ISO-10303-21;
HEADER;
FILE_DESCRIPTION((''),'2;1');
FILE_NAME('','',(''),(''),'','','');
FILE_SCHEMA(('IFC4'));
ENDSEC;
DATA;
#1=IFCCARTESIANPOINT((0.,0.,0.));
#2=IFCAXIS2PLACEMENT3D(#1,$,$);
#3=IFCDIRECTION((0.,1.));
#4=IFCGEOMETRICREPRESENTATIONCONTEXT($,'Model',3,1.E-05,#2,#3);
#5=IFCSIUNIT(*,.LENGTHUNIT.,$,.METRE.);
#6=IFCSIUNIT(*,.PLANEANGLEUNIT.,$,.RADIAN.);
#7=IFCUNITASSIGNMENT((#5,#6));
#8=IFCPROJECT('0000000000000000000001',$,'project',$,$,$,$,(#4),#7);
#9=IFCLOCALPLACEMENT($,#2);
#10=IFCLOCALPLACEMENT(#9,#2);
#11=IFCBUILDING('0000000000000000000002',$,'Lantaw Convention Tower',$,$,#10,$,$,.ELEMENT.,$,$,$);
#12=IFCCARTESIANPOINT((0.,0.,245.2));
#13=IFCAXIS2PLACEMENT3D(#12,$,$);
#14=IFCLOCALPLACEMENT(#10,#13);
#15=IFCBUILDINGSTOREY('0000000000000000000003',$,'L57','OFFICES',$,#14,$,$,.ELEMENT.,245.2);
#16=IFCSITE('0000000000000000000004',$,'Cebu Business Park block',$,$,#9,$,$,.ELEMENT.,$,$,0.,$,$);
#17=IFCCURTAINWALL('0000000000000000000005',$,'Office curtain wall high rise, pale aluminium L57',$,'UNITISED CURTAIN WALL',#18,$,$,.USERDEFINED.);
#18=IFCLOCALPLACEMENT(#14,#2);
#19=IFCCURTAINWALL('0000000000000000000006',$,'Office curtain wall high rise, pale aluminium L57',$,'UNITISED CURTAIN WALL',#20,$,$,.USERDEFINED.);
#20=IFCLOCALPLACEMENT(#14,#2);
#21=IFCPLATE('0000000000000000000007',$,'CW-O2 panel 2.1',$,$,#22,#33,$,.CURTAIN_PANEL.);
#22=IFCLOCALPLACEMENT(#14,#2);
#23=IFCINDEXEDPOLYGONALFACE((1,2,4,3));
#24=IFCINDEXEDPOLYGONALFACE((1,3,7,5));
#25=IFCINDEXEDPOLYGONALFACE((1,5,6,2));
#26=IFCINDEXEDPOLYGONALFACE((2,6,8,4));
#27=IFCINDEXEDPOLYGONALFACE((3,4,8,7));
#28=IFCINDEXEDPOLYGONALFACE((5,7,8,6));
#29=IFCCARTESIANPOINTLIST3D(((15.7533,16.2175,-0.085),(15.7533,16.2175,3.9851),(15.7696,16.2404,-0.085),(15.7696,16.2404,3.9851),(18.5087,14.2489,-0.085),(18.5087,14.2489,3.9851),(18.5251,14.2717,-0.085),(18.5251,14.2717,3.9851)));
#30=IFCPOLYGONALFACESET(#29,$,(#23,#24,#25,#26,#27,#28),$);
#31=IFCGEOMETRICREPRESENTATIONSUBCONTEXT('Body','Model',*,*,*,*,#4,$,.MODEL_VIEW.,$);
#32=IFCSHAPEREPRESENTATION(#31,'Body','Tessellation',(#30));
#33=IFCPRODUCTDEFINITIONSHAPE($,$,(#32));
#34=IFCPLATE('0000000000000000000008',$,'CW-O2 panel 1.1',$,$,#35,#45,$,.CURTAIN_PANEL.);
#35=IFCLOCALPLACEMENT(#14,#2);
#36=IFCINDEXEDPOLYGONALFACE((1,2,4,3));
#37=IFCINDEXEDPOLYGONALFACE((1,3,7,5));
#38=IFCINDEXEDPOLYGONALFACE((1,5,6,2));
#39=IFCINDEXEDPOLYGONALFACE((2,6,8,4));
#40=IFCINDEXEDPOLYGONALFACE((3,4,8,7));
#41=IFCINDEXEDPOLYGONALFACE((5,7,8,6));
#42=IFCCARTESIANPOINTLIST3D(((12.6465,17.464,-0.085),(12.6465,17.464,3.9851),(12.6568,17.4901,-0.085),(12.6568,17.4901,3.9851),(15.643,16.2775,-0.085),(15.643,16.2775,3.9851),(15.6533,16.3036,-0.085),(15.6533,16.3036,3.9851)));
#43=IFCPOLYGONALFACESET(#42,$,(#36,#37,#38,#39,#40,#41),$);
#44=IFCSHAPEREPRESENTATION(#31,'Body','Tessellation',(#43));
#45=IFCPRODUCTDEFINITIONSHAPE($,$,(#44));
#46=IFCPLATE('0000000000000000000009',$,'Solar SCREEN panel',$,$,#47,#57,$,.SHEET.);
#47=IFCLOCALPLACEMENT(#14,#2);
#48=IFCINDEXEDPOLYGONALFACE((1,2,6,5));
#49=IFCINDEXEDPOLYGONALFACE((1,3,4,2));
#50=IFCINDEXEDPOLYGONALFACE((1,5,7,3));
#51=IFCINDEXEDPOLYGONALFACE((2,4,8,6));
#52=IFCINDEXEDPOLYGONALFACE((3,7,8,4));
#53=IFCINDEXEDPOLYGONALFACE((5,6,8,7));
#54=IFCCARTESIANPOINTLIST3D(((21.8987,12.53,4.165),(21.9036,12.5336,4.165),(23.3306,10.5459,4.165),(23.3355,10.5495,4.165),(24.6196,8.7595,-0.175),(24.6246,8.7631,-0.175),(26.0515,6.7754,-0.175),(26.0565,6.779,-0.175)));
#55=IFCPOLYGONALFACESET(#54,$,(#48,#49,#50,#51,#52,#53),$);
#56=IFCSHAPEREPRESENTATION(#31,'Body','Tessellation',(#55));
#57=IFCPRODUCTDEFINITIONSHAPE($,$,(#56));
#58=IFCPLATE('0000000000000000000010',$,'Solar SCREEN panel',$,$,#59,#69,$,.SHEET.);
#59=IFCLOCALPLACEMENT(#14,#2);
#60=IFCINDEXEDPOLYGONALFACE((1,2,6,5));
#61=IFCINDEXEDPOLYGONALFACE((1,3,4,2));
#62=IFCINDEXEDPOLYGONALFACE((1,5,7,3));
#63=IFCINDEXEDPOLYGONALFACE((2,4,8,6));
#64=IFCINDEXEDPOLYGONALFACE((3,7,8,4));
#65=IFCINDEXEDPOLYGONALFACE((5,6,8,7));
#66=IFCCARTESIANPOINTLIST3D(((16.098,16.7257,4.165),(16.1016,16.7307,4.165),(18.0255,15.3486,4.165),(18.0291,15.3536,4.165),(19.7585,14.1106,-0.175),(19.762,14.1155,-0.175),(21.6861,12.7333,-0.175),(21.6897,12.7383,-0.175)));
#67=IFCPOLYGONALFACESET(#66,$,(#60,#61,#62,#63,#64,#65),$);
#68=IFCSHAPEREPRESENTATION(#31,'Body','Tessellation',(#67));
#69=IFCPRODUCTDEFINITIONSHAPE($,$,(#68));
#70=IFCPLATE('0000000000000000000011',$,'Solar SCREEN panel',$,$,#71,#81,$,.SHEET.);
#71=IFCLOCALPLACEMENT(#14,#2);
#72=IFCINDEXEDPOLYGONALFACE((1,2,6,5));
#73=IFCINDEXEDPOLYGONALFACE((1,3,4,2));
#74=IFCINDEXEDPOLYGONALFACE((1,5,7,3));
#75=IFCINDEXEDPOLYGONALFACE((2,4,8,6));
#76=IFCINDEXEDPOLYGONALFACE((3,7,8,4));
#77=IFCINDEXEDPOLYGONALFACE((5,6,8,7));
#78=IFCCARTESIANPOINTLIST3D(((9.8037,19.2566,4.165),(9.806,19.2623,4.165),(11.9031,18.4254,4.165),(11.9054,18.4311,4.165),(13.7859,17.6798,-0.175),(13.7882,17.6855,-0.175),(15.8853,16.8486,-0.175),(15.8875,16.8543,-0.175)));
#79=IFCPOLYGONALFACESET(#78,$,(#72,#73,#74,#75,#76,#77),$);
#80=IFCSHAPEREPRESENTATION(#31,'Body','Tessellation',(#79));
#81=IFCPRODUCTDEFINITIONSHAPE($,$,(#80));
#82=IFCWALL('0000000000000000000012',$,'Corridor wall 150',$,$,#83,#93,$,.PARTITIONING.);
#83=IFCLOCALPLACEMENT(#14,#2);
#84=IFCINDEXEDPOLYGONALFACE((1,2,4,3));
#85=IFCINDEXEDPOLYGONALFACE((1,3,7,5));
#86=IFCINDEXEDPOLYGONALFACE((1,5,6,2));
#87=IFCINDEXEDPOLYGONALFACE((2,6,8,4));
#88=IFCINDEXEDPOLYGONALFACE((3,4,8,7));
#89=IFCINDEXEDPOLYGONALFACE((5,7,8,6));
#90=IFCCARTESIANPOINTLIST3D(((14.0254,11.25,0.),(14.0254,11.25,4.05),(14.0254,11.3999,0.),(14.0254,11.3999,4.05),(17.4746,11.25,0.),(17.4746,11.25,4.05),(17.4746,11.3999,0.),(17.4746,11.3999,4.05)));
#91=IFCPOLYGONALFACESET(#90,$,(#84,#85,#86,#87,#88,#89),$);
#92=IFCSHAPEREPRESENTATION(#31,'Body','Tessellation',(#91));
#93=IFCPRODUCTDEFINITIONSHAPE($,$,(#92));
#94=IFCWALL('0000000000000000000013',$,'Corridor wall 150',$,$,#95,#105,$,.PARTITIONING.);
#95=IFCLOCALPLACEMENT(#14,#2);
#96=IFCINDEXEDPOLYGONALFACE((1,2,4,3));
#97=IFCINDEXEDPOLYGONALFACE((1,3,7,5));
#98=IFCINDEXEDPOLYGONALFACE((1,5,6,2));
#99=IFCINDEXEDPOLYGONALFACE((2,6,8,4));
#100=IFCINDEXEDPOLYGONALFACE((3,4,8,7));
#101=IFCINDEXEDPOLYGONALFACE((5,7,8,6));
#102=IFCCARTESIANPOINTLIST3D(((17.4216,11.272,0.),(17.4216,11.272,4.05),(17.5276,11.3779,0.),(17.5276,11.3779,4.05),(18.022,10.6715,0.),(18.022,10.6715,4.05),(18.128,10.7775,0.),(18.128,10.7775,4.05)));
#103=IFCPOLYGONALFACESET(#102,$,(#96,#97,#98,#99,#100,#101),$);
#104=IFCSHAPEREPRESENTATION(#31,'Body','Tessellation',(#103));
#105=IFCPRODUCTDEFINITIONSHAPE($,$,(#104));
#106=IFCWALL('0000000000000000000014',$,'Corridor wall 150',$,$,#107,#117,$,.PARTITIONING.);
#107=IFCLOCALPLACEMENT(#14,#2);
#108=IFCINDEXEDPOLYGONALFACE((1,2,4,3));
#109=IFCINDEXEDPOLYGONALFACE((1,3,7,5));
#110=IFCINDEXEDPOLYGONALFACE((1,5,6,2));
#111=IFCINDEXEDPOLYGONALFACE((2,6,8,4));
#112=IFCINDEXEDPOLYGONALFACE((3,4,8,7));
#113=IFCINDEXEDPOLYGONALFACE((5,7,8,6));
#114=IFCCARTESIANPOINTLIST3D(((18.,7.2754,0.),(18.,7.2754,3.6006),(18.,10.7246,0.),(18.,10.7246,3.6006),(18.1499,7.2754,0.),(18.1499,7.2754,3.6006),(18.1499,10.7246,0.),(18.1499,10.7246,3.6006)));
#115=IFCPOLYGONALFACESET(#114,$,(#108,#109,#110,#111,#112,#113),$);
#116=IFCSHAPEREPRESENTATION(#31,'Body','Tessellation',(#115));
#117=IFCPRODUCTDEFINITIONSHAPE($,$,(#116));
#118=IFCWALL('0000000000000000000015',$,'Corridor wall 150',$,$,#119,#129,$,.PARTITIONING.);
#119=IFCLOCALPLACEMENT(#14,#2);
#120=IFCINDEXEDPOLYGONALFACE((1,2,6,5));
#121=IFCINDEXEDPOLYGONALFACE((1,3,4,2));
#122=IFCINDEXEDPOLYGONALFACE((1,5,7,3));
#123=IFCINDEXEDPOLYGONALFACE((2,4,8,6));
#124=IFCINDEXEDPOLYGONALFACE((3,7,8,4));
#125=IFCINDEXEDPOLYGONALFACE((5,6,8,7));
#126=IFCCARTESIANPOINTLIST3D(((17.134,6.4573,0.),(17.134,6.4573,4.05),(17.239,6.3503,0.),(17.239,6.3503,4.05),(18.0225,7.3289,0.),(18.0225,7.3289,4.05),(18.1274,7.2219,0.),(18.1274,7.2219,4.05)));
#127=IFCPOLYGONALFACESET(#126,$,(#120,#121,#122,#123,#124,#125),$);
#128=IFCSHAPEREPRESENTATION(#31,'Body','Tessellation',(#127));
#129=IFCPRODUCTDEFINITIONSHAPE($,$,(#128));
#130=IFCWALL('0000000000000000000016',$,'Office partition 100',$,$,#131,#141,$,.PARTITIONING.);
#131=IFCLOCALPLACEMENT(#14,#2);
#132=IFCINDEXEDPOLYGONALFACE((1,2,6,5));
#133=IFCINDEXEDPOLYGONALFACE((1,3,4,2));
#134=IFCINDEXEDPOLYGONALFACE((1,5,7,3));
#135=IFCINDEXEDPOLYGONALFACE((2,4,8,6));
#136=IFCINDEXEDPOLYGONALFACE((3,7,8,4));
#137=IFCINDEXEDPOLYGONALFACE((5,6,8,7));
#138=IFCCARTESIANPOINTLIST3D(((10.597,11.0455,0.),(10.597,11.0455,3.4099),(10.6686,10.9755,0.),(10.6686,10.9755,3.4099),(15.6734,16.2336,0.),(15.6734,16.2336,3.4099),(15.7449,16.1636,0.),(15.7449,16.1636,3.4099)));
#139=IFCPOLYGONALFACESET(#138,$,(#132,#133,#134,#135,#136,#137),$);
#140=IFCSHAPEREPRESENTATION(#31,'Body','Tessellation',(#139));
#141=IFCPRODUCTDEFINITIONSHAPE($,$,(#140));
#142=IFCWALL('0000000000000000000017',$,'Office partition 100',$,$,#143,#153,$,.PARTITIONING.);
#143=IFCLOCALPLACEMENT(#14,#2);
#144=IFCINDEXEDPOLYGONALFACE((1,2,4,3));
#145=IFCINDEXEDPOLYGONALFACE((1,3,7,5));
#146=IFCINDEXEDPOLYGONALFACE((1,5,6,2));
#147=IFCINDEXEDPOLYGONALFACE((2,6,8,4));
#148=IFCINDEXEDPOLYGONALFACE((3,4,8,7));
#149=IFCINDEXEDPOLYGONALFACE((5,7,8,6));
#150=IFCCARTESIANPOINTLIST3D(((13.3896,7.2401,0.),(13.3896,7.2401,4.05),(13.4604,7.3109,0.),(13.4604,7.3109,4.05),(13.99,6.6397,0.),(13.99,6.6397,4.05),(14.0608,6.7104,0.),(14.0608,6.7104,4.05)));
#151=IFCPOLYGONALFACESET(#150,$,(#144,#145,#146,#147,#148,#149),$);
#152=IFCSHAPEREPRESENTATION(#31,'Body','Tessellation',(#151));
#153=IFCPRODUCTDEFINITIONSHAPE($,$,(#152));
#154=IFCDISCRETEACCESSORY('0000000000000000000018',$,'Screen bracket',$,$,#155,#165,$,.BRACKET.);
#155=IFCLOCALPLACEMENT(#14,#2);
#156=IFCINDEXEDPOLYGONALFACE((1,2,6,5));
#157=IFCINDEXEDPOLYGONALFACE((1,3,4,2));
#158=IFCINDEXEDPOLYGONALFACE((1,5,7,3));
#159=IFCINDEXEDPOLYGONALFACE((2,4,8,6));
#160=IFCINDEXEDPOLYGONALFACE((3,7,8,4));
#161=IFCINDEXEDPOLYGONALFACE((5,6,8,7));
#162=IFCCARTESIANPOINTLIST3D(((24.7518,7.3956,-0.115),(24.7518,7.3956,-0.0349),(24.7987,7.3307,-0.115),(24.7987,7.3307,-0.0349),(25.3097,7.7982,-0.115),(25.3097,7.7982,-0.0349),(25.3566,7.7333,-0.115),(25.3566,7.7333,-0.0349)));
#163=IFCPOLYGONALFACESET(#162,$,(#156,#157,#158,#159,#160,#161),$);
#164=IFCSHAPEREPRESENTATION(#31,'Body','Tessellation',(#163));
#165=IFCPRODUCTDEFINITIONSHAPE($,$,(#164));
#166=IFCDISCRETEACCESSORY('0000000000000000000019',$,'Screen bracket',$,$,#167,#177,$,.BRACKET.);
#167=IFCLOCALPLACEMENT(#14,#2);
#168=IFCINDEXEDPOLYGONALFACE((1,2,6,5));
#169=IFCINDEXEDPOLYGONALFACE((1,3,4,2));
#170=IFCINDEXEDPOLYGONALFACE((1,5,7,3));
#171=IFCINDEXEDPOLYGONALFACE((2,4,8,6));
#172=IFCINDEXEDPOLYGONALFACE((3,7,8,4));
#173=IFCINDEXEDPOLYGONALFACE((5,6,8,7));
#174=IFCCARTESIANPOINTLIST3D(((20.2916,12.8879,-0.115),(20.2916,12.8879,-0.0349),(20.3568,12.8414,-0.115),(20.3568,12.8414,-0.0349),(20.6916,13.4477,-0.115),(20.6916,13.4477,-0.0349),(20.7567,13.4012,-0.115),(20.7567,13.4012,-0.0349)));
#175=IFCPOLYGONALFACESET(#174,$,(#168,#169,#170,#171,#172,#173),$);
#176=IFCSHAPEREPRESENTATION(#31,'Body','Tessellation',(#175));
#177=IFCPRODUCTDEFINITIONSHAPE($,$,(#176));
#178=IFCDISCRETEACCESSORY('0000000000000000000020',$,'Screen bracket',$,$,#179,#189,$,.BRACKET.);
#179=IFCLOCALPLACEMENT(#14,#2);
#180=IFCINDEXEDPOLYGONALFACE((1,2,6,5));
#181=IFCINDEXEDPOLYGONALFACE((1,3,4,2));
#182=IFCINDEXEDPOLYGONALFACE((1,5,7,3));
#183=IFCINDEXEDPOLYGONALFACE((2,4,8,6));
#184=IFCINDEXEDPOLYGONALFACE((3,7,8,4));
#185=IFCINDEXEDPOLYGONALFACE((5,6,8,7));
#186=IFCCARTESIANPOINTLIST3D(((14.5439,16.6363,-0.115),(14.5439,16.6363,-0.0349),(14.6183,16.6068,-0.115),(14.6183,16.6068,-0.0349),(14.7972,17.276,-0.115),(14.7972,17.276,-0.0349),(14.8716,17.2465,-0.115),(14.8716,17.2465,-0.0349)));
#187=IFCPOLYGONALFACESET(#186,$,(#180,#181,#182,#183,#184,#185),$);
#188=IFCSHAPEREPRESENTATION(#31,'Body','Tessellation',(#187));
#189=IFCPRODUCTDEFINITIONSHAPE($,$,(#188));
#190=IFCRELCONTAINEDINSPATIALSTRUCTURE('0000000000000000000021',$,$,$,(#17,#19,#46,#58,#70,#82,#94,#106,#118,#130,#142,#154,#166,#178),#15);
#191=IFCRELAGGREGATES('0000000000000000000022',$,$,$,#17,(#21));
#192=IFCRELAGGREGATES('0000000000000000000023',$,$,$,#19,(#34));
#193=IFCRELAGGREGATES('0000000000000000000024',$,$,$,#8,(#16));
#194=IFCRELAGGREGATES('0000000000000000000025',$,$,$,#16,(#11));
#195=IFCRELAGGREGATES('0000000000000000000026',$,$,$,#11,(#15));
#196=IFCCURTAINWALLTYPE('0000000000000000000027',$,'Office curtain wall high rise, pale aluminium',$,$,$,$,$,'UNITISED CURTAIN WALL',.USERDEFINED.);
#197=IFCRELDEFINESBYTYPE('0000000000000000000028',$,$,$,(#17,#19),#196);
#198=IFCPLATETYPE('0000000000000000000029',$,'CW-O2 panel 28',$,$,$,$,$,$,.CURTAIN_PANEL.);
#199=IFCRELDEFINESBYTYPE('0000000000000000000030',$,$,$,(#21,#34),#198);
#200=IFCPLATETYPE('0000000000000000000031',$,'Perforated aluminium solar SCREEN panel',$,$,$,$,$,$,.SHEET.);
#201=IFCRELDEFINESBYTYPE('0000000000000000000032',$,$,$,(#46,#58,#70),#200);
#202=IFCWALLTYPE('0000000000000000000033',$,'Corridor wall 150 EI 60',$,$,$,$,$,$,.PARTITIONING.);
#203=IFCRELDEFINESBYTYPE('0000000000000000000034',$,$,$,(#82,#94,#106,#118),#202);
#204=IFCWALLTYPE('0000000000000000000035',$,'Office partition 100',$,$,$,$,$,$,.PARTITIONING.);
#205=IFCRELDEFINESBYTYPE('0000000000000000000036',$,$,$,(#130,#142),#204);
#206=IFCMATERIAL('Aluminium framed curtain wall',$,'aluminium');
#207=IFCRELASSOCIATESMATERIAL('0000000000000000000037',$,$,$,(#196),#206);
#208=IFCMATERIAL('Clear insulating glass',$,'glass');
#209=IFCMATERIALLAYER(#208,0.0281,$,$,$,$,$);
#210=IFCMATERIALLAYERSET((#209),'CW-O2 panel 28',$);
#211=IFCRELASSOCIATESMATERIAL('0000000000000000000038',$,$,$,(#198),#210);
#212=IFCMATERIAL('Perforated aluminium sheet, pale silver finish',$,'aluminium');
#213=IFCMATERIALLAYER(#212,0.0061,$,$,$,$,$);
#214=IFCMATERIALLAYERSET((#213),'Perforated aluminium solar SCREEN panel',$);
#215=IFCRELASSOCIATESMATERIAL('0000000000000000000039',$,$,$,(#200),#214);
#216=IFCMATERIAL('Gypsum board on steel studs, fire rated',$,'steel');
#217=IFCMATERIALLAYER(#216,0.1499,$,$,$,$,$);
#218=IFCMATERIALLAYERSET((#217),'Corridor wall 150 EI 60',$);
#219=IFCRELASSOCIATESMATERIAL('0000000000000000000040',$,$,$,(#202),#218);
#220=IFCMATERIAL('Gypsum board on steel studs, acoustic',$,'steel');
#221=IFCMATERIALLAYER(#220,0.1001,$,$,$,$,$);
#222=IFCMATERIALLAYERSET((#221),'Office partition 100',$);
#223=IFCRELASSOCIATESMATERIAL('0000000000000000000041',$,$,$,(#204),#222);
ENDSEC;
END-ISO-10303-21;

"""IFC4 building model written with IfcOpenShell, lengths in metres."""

from ifc_helpers import new_model, si_unit, direction, frame, frame_2d, origin, origin_2d, place, context, subcontext, project, spatial, polyline, rectangle, outline, extrude, material, layer, layer_set, type_object, element, aggregate, save


model = new_model("IFC4")

# Units and contexts
model_context = context("Model", 3, precision=1e-05, world=origin(), true_north=direction((0.0, 1.0)))
body_context = subcontext(model_context, "Body", "Model", "MODEL_VIEW")
ifc_project = project(units=[si_unit("LENGTHUNIT", "METRE"), si_unit("PLANEANGLEUNIT", "RADIAN")], contexts=[model_context])

# Site, building, storey
site_placement = place(None, origin())
site = spatial("IfcSite", under=ifc_project, at=site_placement, Name="Cebu Business Park block", CompositionType="ELEMENT", RefElevation=0.0)
building_placement = place(site_placement, origin())
building = spatial("IfcBuilding", under=site, at=building_placement, Name="Lantaw Convention Tower", CompositionType="ELEMENT")
storey_placement = place(building_placement, frame((0.0, 0.0, 245.2)))
storey = spatial("IfcBuildingStorey", under=building, at=storey_placement, Name="L57", Description="OFFICES", CompositionType="ELEMENT", Elevation=245.2)

# Curtain wall
ifc_material_1 = material(Name="Aluminium framed curtain wall", Category="aluminium")
curtain_wall_type = type_object("IfcCurtainWallType", Name="Office curtain wall high rise, pale aluminium", ElementType="UNITISED CURTAIN WALL", PredefinedType="USERDEFINED", material=ifc_material_1)
curtain_wall_1_placement = place(storey_placement, origin())
curtain_wall_1 = element("IfcCurtainWall", 1, at=curtain_wall_1_placement, inside=storey, type_object=curtain_wall_type, Name="Office curtain wall high rise, pale aluminium L57", ObjectType="UNITISED CURTAIN WALL", PredefinedType="USERDEFINED")

# Curtain wall
curtain_wall_2_placement = place(storey_placement, origin())
curtain_wall_2 = element("IfcCurtainWall", 2, at=curtain_wall_2_placement, inside=storey, type_object=curtain_wall_type, Name="Office curtain wall high rise, pale aluminium L57", ObjectType="UNITISED CURTAIN WALL", PredefinedType="USERDEFINED")

# Plates
ifc_material_2 = material(Name="Clear insulating glass", Category="glass")
ifc_layer_1 = layer(ifc_material_2, 0.0281)
ifc_layer_set_1 = layer_set([ifc_layer_1], Name="CW-O2 panel 28")
plate_type_1 = type_object("IfcPlateType", Name="CW-O2 panel 28", PredefinedType="CURTAIN_PANEL", material=ifc_layer_set_1)
plate_1_placement = place(storey_placement, frame((17.1392, 15.2446, -0.085), z_axis=(0.0, 0.0, 1.0), x_axis=(-0.813673, 0.581323, 0.0)))
plate_1 = element("IfcPlate", 3, at=plate_1_placement, type_object=plate_type_1, Name="CW-O2 panel 2.1", PredefinedType="CURTAIN_PANEL", context=body_context, shape_type="SweptSolid", body=[
    extrude(rectangle(XDim=3.3865, YDim=0.0281, at=origin_2d()), origin(), (0.0, 0.0, 1.0), 4.0701),
])
aggregate(curtain_wall_1, [plate_1])
plate_2_placement = place(storey_placement, frame((14.1499, 16.8838, -0.085), z_axis=(0.0, 0.0, 1.0), x_axis=(-0.929762, 0.368162, 0.0)))
plate_2 = element("IfcPlate", 4, at=plate_2_placement, type_object=plate_type_1, Name="CW-O2 panel 1.1", PredefinedType="CURTAIN_PANEL", context=body_context, shape_type="SweptSolid", body=[
    extrude(rectangle(XDim=3.2229, YDim=0.0281, at=origin_2d()), origin(), (0.0, 0.0, 1.0), 4.0701),
])
aggregate(curtain_wall_2, [plate_2])

# Plates
ifc_material_3 = material(Name="Perforated aluminium sheet, pale silver finish", Category="aluminium")
ifc_layer_2 = layer(ifc_material_3, 0.0061)
ifc_layer_set_2 = layer_set([ifc_layer_2], Name="Perforated aluminium solar SCREEN panel")
plate_type_2 = type_object("IfcPlateType", Name="Perforated aluminium solar SCREEN panel", PredefinedType="SHEET", material=ifc_layer_set_2)
plate_3_placement = place(storey_placement, frame((26.0515, 6.7754, -0.175), z_axis=(-0.810892, -0.585195, 0.00002), x_axis=(-0.585195, 0.810892, 0.0)))
element("IfcPlate", 5, at=plate_3_placement, inside=storey, type_object=plate_type_2, Name="Solar SCREEN panel", PredefinedType="SHEET", context=body_context, shape_type="SweptSolid", body=[
    extrude(outline(polyline([(0.0, 0.0), (2.4468, 0.0), (7.0966, -4.3401), (4.6498, -4.3401), (0.0, 0.0)])), origin(), (0.0, 0.0, -1.0), 0.0061),
])
plate_4_placement = place(storey_placement, frame((21.6897, 12.7383, -0.175), z_axis=(0.581331, 0.813667, 0.00001), x_axis=(-0.813667, 0.581331, 0.0)))
element("IfcPlate", 6, at=plate_4_placement, inside=storey, type_object=plate_type_2, Name="Solar SCREEN panel", PredefinedType="SHEET", context=body_context, shape_type="SweptSolid", body=[
    extrude(outline(polyline([(0.0, 0.0), (2.3691, 0.0), (6.8678, 4.3401), (4.4989, 4.3401), (0.0, 0.0)])), origin(), (0.0, 0.0, -1.0), 0.0061),
])
plate_5_placement = place(storey_placement, frame((15.8853, 16.8486, -0.175), z_axis=(-0.368117, -0.92978, 0.000036), x_axis=(-0.92978, 0.368117, 0.0)))
element("IfcPlate", 7, at=plate_5_placement, inside=storey, type_object=plate_type_2, Name="Solar SCREEN panel", PredefinedType="SHEET", context=body_context, shape_type="SweptSolid", body=[
    extrude(outline(polyline([(0.0, 0.0), (2.2579, 0.0), (6.5409, -4.3401), (4.2829, -4.3401), (0.0, 0.0)])), origin(), (0.0, 0.0, -1.0), 0.0061),
])

# Walls
ifc_material_4 = material(Name="Gypsum board on steel studs, fire rated", Category="steel")
ifc_layer_3 = layer(ifc_material_4, 0.1499)
ifc_layer_set_3 = layer_set([ifc_layer_3], Name="Corridor wall 150 EI 60")
wall_type_1 = type_object("IfcWallType", Name="Corridor wall 150 EI 60", PredefinedType="PARTITIONING", material=ifc_layer_set_3)
wall_1_placement = place(storey_placement, frame((14.0254, 11.325, 0.0), z_axis=(0.0, 0.0, 1.0), x_axis=(1.0, 0.0, 0.0)))
element("IfcWall", 8, at=wall_1_placement, inside=storey, type_object=wall_type_1, Name="Corridor wall 150", PredefinedType="PARTITIONING", context=body_context, shape_type="SweptSolid", body=[
    extrude(rectangle(XDim=3.4492, YDim=0.1499, at=frame_2d((1.7246, 0.0))), origin(), (0.0, 0.0, 1.0), 4.05),
])
wall_2_placement = place(storey_placement, frame((17.4746, 11.325, 0.0), z_axis=(0.0, 0.0, 1.0), x_axis=(0.707107, -0.707107, 0.0)))
element("IfcWall", 9, at=wall_2_placement, inside=storey, type_object=wall_type_1, Name="Corridor wall 150", PredefinedType="PARTITIONING", context=body_context, shape_type="SweptSolid", body=[
    extrude(rectangle(XDim=0.8491, YDim=0.1499, at=frame_2d((0.4246, 0.0))), origin(), (0.0, 0.0, 1.0), 4.05),
])
wall_3_placement = place(storey_placement, frame((18.075, 10.7246, 0.0), z_axis=(0.0, 0.0, 1.0), x_axis=(0.0, -1.0, 0.0)))
element("IfcWall", 10, at=wall_3_placement, inside=storey, type_object=wall_type_1, Name="Corridor wall 150", PredefinedType="PARTITIONING", context=body_context, shape_type="SweptSolid", body=[
    extrude(rectangle(XDim=3.4492, YDim=0.1499, at=frame_2d((1.7246, 0.0))), origin(), (0.0, 0.0, 1.0), 3.6006),
])
wall_4_placement = place(storey_placement, frame((18.075, 7.2754, 0.0), z_axis=(0.0, 0.0, 1.0), x_axis=(-0.713842, -0.700307, 0.0)))
element("IfcWall", 11, at=wall_4_placement, inside=storey, type_object=wall_type_1, Name="Corridor wall 150", PredefinedType="PARTITIONING", context=body_context, shape_type="SweptSolid", body=[
    extrude(rectangle(XDim=1.2446, YDim=0.1499, at=frame_2d((0.6223, 0.0))), origin(), (0.0, 0.0, 1.0), 4.05),
])
ifc_material_5 = material(Name="Gypsum board on steel studs, acoustic", Category="steel")
ifc_layer_4 = layer(ifc_material_5, 0.1001)
ifc_layer_set_4 = layer_set([ifc_layer_4], Name="Office partition 100")
wall_type_2 = type_object("IfcWallType", Name="Office partition 100", PredefinedType="PARTITIONING", material=ifc_layer_set_4)
wall_5_placement = place(storey_placement, frame((15.7092, 16.1987, 0.0), z_axis=(0.0, 0.0, 1.0), x_axis=(-0.699363, -0.714767, 0.0)))
element("IfcWall", 12, at=wall_5_placement, inside=storey, type_object=wall_type_2, Name="Office partition 100", PredefinedType="PARTITIONING", context=body_context, shape_type="SweptSolid", body=[
    extrude(rectangle(XDim=7.2585, YDim=0.1001, at=frame_2d((3.6294, 0.0))), origin(), (0.0, 0.0, 1.0), 3.4099),
])
wall_6_placement = place(storey_placement, frame((14.0254, 6.675, 0.0), z_axis=(0.0, 0.0, 1.0), x_axis=(-0.707107, 0.707107, 0.0)))
element("IfcWall", 13, at=wall_6_placement, inside=storey, type_object=wall_type_2, Name="Office partition 100", PredefinedType="PARTITIONING", context=body_context, shape_type="SweptSolid", body=[
    extrude(rectangle(XDim=0.8491, YDim=0.1001, at=frame_2d((0.4246, 0.0))), origin(), (0.0, 0.0, 1.0), 4.05),
])

# Discrete accessories
for number, where, z_axis, x_axis, name in (
    (14, (25.0542, 7.5645, -0.115), (0.0, 0.0, 1.0), (-0.585158, 0.81092, 0.0), "Screen bracket"),
    (15, (20.5242, 13.1445, -0.115), (0.0, 0.0, 1.0), (-0.813673, 0.581323, 0.0), "Screen bracket"),
    (16, (14.7078, 16.9414, -0.115), (0.0, 0.0, 1.0), (-0.929762, 0.368162, 0.0), "Screen bracket"),
):
    element("IfcDiscreteAccessory", number, at=place(storey_placement, frame(where, z_axis=z_axis, x_axis=x_axis)), inside=storey, Name=name, PredefinedType="BRACKET", context=body_context, shape_type="SweptSolid", body=[
        extrude(rectangle(XDim=0.0801, YDim=0.688, at=origin_2d()), origin(), (0.0, 0.0, 1.0), 0.0801),
    ])

save(model, "model.ifc")
